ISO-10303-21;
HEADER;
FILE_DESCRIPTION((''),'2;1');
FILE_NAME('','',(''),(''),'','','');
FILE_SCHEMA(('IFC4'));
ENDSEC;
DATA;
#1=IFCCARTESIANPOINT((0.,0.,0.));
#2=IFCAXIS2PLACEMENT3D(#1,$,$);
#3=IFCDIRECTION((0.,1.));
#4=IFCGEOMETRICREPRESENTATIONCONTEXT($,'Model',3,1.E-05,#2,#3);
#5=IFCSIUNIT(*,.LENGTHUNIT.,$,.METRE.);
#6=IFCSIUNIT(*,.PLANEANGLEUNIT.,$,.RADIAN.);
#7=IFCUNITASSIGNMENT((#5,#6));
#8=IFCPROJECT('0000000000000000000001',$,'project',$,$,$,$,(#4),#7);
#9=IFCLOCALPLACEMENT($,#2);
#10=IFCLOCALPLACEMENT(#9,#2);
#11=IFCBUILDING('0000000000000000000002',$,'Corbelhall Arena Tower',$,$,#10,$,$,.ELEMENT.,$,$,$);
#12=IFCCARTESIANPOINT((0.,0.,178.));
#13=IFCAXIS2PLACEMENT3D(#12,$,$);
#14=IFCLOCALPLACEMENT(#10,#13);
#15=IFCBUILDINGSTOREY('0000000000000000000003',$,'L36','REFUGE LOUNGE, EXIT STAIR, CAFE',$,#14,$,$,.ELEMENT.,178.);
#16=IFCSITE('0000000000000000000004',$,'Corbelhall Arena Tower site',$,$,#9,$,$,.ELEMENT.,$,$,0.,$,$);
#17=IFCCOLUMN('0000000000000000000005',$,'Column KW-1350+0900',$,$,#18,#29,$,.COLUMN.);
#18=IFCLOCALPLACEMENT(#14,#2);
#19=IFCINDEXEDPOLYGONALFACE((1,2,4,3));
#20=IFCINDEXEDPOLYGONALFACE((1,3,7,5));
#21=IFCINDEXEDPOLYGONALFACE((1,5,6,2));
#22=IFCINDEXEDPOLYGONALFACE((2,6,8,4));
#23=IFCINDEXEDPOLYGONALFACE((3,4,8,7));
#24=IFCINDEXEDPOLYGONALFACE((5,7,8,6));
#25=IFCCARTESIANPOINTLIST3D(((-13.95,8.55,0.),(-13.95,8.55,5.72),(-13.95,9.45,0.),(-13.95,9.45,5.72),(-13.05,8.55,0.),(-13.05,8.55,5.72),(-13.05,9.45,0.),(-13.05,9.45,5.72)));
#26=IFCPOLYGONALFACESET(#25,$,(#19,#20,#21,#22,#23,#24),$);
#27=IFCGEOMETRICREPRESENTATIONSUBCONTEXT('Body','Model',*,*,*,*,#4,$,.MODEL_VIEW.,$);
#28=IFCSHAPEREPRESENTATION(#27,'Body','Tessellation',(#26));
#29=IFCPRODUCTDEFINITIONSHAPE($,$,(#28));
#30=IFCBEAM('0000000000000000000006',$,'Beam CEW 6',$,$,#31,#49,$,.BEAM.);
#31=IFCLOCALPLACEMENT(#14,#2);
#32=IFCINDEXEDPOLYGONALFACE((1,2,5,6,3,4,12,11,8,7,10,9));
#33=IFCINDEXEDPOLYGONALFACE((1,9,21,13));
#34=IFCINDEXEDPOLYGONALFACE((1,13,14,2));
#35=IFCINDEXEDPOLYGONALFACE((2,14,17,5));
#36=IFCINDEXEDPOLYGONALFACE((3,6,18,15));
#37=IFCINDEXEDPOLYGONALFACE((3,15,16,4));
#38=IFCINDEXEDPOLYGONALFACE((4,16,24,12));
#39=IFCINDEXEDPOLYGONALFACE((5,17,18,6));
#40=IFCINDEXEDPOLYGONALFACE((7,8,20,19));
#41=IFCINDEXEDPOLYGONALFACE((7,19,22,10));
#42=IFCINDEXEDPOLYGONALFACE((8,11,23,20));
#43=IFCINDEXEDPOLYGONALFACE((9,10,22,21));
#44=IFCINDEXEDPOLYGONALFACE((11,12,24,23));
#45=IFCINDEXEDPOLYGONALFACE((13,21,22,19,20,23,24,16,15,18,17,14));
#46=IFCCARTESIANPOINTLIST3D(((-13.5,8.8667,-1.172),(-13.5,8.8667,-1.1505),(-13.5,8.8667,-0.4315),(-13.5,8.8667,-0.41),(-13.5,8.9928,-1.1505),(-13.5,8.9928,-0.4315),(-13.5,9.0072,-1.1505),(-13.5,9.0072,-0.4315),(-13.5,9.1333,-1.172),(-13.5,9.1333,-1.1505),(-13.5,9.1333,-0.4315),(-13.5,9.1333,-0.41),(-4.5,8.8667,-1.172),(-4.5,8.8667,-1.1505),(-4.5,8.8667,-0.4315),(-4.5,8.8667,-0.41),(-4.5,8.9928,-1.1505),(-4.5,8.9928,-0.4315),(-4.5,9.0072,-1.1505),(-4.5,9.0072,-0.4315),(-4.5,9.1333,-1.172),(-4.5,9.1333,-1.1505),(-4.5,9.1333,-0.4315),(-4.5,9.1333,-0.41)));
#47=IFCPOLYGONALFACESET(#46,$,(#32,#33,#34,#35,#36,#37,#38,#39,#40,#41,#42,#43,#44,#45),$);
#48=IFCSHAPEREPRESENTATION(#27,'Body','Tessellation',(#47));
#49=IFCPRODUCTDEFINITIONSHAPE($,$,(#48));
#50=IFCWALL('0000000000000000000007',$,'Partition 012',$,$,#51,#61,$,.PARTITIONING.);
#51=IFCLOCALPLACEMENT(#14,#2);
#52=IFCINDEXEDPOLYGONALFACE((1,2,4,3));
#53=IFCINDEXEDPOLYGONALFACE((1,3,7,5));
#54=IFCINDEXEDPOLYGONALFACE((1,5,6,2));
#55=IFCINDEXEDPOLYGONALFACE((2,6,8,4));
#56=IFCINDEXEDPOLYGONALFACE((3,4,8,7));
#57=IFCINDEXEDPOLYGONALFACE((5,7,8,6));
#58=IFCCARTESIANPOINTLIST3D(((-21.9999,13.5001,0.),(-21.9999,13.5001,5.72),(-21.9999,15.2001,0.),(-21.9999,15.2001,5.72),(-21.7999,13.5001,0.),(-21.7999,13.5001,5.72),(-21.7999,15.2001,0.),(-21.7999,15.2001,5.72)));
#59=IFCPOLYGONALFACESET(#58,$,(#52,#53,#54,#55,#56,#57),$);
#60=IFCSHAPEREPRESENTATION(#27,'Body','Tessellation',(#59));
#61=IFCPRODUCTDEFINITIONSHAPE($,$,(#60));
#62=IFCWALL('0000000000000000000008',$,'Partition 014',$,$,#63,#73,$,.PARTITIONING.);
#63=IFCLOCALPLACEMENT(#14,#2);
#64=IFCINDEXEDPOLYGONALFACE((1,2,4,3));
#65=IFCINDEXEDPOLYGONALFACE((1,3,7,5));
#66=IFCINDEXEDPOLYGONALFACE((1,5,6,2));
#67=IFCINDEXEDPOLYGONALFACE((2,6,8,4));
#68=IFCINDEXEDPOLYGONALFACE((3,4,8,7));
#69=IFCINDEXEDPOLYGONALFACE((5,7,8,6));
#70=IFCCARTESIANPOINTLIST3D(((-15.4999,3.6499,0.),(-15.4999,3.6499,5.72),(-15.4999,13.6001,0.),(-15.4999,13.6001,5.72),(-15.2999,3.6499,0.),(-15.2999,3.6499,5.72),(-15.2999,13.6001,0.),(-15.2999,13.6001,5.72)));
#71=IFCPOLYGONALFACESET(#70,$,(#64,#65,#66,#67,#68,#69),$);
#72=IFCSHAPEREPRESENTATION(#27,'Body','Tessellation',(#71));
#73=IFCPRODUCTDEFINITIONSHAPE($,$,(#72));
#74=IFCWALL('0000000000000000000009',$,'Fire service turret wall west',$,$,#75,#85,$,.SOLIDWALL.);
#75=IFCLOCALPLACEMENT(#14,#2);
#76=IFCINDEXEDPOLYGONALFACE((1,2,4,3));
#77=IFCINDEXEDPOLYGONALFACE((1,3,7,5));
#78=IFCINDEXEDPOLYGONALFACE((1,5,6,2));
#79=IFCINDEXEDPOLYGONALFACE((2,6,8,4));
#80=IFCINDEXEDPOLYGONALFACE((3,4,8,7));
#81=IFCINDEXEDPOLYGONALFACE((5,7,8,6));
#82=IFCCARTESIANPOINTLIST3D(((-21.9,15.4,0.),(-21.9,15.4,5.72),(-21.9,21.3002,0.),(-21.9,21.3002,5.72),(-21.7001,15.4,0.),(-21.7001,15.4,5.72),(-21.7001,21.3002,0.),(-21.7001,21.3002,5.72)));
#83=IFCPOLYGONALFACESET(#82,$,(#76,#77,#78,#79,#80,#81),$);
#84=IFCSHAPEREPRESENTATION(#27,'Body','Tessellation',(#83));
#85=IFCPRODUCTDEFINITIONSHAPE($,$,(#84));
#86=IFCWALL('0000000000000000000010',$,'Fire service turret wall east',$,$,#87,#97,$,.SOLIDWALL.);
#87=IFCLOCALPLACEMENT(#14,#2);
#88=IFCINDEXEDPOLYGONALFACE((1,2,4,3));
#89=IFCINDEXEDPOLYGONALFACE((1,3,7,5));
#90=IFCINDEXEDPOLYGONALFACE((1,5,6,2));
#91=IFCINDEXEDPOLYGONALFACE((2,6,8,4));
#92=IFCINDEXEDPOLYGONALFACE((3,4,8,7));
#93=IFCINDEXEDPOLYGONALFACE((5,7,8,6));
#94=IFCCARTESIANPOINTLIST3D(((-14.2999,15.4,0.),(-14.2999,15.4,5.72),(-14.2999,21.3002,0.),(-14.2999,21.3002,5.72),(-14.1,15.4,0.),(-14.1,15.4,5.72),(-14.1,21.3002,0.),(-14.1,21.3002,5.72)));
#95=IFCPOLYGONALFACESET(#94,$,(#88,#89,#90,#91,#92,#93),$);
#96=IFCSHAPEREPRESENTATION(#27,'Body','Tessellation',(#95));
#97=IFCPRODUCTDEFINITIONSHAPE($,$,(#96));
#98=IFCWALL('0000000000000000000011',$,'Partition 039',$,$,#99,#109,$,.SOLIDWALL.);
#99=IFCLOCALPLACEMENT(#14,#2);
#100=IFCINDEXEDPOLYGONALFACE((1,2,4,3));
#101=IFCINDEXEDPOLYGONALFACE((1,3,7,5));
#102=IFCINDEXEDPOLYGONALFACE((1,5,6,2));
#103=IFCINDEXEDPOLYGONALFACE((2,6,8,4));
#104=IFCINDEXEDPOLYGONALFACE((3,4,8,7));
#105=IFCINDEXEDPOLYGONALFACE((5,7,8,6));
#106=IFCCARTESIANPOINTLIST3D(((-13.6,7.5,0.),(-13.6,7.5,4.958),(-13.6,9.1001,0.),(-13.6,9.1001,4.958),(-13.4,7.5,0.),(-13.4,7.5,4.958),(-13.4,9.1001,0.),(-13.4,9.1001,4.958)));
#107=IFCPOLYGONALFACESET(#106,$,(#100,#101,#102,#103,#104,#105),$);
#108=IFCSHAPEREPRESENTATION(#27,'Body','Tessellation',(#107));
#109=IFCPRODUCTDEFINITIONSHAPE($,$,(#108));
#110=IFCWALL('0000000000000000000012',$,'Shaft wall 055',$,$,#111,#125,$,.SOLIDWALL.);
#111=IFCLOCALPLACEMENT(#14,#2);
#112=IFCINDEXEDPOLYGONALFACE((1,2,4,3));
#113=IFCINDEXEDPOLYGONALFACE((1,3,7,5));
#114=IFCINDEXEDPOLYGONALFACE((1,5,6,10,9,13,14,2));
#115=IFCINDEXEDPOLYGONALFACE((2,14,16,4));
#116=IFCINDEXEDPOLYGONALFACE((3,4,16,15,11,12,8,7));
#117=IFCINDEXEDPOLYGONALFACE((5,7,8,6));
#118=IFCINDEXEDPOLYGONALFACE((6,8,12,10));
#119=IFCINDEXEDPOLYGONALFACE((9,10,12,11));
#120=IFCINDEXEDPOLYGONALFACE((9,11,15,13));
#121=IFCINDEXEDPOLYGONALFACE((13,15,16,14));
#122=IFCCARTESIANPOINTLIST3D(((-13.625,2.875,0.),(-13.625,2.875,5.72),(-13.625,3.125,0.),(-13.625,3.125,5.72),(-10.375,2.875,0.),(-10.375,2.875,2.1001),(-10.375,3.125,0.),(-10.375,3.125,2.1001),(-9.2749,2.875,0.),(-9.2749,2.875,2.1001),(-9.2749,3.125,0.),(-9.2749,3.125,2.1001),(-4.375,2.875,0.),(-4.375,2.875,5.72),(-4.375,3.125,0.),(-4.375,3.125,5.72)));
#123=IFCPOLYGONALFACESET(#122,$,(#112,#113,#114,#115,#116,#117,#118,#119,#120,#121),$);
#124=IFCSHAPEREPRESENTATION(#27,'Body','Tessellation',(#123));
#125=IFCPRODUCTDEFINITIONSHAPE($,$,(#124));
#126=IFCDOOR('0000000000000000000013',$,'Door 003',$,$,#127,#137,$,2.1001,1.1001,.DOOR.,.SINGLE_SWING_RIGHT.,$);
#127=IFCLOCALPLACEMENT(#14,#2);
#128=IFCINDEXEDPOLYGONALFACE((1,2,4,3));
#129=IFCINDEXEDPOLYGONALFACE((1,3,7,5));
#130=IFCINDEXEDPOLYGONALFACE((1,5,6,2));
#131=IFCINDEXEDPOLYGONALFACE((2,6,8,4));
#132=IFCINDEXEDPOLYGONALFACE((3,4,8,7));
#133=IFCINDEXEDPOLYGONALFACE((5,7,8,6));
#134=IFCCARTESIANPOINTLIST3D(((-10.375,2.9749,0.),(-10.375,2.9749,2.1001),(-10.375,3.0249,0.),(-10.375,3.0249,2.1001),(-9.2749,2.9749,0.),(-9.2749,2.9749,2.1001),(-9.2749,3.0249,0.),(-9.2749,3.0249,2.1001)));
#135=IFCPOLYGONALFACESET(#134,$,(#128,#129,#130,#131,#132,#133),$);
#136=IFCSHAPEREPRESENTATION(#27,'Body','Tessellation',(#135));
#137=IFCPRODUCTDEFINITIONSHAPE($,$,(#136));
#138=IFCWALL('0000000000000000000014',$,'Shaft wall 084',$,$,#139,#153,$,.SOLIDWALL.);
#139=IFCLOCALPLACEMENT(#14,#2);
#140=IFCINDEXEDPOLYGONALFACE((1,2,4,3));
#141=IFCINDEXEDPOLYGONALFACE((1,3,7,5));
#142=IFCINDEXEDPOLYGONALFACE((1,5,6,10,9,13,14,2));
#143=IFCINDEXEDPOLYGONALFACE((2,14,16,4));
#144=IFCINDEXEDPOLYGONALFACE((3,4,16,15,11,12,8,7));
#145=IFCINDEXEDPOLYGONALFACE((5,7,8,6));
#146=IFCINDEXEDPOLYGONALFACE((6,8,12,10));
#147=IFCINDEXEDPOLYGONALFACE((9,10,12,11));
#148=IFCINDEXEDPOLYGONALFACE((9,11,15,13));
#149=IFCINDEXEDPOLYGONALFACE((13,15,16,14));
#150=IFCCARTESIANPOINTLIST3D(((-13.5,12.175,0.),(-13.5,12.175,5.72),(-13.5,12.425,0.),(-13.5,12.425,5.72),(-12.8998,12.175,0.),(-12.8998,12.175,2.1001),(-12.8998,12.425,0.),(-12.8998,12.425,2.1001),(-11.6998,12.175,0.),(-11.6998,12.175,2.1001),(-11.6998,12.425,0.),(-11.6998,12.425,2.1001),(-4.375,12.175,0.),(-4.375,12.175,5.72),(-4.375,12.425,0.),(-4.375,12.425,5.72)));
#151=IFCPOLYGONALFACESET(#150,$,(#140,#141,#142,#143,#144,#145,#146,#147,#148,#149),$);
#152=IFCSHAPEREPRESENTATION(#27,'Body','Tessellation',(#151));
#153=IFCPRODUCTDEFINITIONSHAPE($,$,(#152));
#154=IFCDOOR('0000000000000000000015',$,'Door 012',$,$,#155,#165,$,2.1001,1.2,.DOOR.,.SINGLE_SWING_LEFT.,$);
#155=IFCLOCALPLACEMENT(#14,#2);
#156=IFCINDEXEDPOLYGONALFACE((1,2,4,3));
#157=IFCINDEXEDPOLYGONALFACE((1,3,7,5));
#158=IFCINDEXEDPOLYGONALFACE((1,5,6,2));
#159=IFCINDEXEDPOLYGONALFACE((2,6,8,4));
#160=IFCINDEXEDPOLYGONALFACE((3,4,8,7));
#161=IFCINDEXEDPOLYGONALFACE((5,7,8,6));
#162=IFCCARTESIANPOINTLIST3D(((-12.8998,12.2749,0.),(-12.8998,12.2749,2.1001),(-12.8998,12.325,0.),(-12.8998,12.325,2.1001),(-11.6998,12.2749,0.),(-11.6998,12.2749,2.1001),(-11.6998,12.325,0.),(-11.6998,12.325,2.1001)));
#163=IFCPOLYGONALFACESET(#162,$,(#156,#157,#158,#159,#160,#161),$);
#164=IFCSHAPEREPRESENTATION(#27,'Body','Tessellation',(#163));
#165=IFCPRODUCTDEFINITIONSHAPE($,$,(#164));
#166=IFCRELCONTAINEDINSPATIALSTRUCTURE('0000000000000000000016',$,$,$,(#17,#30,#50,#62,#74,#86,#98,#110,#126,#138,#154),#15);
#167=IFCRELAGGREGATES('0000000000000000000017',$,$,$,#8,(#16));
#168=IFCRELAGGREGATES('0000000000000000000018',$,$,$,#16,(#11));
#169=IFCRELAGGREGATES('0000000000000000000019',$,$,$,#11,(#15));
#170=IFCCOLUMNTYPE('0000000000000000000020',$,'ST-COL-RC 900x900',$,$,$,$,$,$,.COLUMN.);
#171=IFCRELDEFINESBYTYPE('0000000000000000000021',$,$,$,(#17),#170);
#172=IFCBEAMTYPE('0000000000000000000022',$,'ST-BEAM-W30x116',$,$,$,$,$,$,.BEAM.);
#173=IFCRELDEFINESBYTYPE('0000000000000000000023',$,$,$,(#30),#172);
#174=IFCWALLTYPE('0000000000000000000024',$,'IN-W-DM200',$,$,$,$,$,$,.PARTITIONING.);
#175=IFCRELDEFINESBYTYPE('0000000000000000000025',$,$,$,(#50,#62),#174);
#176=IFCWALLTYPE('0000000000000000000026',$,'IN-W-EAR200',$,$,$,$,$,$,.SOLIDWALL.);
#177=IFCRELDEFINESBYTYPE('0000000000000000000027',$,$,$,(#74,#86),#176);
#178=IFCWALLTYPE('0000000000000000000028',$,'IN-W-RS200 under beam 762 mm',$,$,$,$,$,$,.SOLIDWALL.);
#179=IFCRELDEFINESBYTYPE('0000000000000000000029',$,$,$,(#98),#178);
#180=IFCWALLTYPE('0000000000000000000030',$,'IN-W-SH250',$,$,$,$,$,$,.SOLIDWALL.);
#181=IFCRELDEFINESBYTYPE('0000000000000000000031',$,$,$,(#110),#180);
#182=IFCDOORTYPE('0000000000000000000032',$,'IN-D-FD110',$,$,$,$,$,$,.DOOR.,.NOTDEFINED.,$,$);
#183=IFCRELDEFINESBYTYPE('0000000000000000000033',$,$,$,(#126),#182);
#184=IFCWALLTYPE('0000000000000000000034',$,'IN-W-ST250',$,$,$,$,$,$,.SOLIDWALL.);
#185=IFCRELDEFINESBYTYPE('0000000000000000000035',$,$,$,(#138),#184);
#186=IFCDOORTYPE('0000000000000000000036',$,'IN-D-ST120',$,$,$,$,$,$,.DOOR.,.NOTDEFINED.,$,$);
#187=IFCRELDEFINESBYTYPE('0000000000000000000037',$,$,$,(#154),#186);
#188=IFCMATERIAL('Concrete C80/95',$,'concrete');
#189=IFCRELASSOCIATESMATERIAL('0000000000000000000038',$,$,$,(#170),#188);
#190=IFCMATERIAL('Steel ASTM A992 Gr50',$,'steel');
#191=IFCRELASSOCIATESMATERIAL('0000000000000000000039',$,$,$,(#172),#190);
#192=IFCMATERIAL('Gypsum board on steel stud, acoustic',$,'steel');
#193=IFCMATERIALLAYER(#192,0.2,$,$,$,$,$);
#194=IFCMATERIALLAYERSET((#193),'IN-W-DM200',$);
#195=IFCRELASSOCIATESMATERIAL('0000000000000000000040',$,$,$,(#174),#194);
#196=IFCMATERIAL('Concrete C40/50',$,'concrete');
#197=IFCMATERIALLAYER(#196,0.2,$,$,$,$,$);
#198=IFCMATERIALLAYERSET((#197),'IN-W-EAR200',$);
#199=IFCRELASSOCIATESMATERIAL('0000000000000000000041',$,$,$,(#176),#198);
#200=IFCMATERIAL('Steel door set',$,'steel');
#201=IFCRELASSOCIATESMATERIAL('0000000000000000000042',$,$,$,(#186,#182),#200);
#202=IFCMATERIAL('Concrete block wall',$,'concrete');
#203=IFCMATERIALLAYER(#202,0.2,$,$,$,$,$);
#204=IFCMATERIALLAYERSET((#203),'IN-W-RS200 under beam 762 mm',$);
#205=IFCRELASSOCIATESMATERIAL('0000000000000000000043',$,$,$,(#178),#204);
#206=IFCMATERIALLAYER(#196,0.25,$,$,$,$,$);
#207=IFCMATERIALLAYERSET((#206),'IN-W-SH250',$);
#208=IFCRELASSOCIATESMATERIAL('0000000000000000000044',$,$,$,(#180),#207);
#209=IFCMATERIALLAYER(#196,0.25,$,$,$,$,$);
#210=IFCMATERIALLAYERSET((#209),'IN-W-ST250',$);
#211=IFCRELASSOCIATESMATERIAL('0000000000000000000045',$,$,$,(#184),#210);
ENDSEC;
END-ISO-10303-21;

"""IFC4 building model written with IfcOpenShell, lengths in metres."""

from ifc_helpers import new_model, si_unit, direction, frame, frame_2d, origin, origin_2d, place, context, subcontext, project, spatial, rectangle, i_section, extrude, material, layer, layer_set, material_profile, profile_set, type_object, element, fill, save


model = new_model("IFC4")

# Units and contexts
model_context = context("Model", 3, precision=1e-05, world=origin(), true_north=direction((0.0, 1.0)))
body_context = subcontext(model_context, "Body", "Model", "MODEL_VIEW")
ifc_project = project(units=[si_unit("LENGTHUNIT", "METRE"), si_unit("PLANEANGLEUNIT", "RADIAN")], contexts=[model_context])

# Site, building, storey
site_placement = place(None, origin())
site = spatial("IfcSite", under=ifc_project, at=site_placement, Name="Corbelhall Arena Tower site", CompositionType="ELEMENT", RefElevation=0.0)
building_placement = place(site_placement, origin())
building = spatial("IfcBuilding", under=site, at=building_placement, Name="Corbelhall Arena Tower", CompositionType="ELEMENT")
storey_placement = place(building_placement, frame((0.0, 0.0, 178.0)))
storey = spatial("IfcBuildingStorey", under=building, at=storey_placement, Name="L36", Description="REFUGE LOUNGE, EXIT STAIR, CAFE", CompositionType="ELEMENT", Elevation=178.0)

# Column
ifc_material_1 = material(Name="Concrete C80/95", Category="concrete")
ifc_material_profile_1 = material_profile(ifc_material_1, rectangle(XDim=0.8999, YDim=0.8999, at=origin_2d()))
ifc_profile_set_1 = profile_set([ifc_material_profile_1], Name="Concrete C80/95")
column_type = type_object("IfcColumnType", Name="ST-COL-RC 900x900", PredefinedType="COLUMN", material=ifc_profile_set_1)
column_placement = place(storey_placement, frame((-13.5, 9.0, 0.0), z_axis=(0.0, 0.0, 1.0), x_axis=(1.0, 0.0, 0.0)))
element("IfcColumn", 1, at=column_placement, inside=storey, type_object=column_type, Name="Column KW-1350+0900", PredefinedType="COLUMN", context=body_context, shape_type="SweptSolid", body=[
    extrude(rectangle(XDim=0.8999, YDim=0.8999, at=origin_2d()), origin(), (0.0, 0.0, 1.0), 5.72),
])

# Beam
ifc_material_2 = material(Name="Steel ASTM A992 Gr50", Category="steel")
ifc_material_profile_2 = material_profile(ifc_material_2, i_section(OverallWidth=0.2666, OverallDepth=0.762, WebThickness=0.0144, FlangeThickness=0.0215, at=origin_2d()))
ifc_profile_set_2 = profile_set([ifc_material_profile_2], Name="Steel ASTM A992 Gr50")
beam_type = type_object("IfcBeamType", Name="ST-BEAM-W30x116", PredefinedType="BEAM", material=ifc_profile_set_2)
beam_placement = place(storey_placement, frame((-13.5, 9.0, -0.791), z_axis=(1.0, 0.0, 0.0), x_axis=(0.0, 1.0, 0.0)))
element("IfcBeam", 2, at=beam_placement, inside=storey, type_object=beam_type, Name="Beam CEW 6", PredefinedType="BEAM", context=body_context, shape_type="SweptSolid", body=[
    extrude(i_section(OverallWidth=0.2666, OverallDepth=0.762, WebThickness=0.0144, FlangeThickness=0.0215, at=origin_2d()), origin(), (0.0, 0.0, 1.0), 9.0),
])

# Shared definitions
ifc_material_3 = material(Name="Gypsum board on steel stud, acoustic", Category="steel")
ifc_layer_1 = layer(ifc_material_3, 0.2)
ifc_layer_set_1 = layer_set([ifc_layer_1], Name="IN-W-DM200")
wall_type_1 = type_object("IfcWallType", Name="IN-W-DM200", PredefinedType="PARTITIONING", material=ifc_layer_set_1)
ifc_material_4 = material(Name="Steel door set", Category="steel")

# Walls
wall_1_placement = place(storey_placement, frame((-21.8999, 13.5, 0.0), z_axis=(0.0, 0.0, 1.0), x_axis=(0.0, 1.0, 0.0)))
element("IfcWall", 3, at=wall_1_placement, inside=storey, type_object=wall_type_1, Name="Partition 012", PredefinedType="PARTITIONING", context=body_context, shape_type="SweptSolid", body=[
    extrude(rectangle(XDim=1.7, YDim=0.2, at=frame_2d((0.8501, 0.0))), origin(), (0.0, 0.0, 1.0), 5.72),
])
wall_2_placement = place(storey_placement, frame((-15.3999, 3.6499, 0.0), z_axis=(0.0, 0.0, 1.0), x_axis=(0.0, 1.0, 0.0)))
element("IfcWall", 4, at=wall_2_placement, inside=storey, type_object=wall_type_1, Name="Partition 014", PredefinedType="PARTITIONING", context=body_context, shape_type="SweptSolid", body=[
    extrude(rectangle(XDim=9.9502, YDim=0.2, at=frame_2d((4.9751, 0.0))), origin(), (0.0, 0.0, 1.0), 5.72),
])

# Shared definitions
ifc_material_5 = material(Name="Concrete C40/50", Category="concrete")
ifc_layer_2 = layer(ifc_material_5, 0.2)
ifc_layer_set_2 = layer_set([ifc_layer_2], Name="IN-W-EAR200")
wall_type_2 = type_object("IfcWallType", Name="IN-W-EAR200", PredefinedType="SOLIDWALL", material=ifc_layer_set_2)
door_type_1 = type_object("IfcDoorType", Name="IN-D-ST120", OperationType="NOTDEFINED", PredefinedType="DOOR", material=ifc_material_4)

# Walls
for number, where, z_axis, x_axis, name in (
    (5, (-21.8, 15.3999, 0.0), (0.0, 0.0, 1.0), (0.0, 1.0, 0.0), "Fire service turret wall west"),
    (6, (-14.2, 15.3999, 0.0), (0.0, 0.0, 1.0), (0.0, 1.0, 0.0), "Fire service turret wall east"),
):
    element("IfcWall", number, at=place(storey_placement, frame(where, z_axis=z_axis, x_axis=x_axis)), inside=storey, type_object=wall_type_2, Name=name, PredefinedType="SOLIDWALL", context=body_context, shape_type="SweptSolid", body=[
        extrude(rectangle(XDim=5.9001, YDim=0.2, at=frame_2d((2.9502, 0.0))), origin(), (0.0, 0.0, 1.0), 5.72),
    ])

# Wall
ifc_material_6 = material(Name="Concrete block wall", Category="concrete")
ifc_layer_3 = layer(ifc_material_6, 0.2)
ifc_layer_set_3 = layer_set([ifc_layer_3], Name="IN-W-RS200 under beam 762 mm")
wall_type_3 = type_object("IfcWallType", Name="IN-W-RS200 under beam 762 mm", PredefinedType="SOLIDWALL", material=ifc_layer_set_3)
wall_3_placement = place(storey_placement, frame((-13.5, 7.5, 0.0), z_axis=(0.0, 0.0, 1.0), x_axis=(0.0, 1.0, 0.0)))
element("IfcWall", 7, at=wall_3_placement, inside=storey, type_object=wall_type_3, Name="Partition 039", PredefinedType="SOLIDWALL", context=body_context, shape_type="SweptSolid", body=[
    extrude(rectangle(XDim=1.6001, YDim=0.2, at=frame_2d((0.8, 0.0))), origin(), (0.0, 0.0, 1.0), 4.958),
])

# Walls, openings, doors
door_type_2 = type_object("IfcDoorType", Name="IN-D-FD110", OperationType="NOTDEFINED", PredefinedType="DOOR", material=ifc_material_4)
ifc_layer_4 = layer(ifc_material_5, 0.25)
ifc_layer_set_4 = layer_set([ifc_layer_4], Name="IN-W-SH250")
wall_type_4 = type_object("IfcWallType", Name="IN-W-SH250", PredefinedType="SOLIDWALL", material=ifc_layer_set_4)
wall_4_placement = place(storey_placement, frame((-13.625, 3.0, 0.0), z_axis=(0.0, 0.0, 1.0), x_axis=(1.0, 0.0, 0.0)))
wall_4 = element("IfcWall", 8, at=wall_4_placement, inside=storey, type_object=wall_type_4, Name="Shaft wall 055", PredefinedType="SOLIDWALL", context=body_context, shape_type="SweptSolid", body=[
    extrude(rectangle(XDim=9.25, YDim=0.25, at=frame_2d((4.625, 0.0))), origin(), (0.0, 0.0, 1.0), 5.72),
])
opening_1_placement = place(wall_4_placement, frame((3.25, 0.0, 0.0)))
opening_1 = element("IfcOpeningElement", 9, at=opening_1_placement, cuts=wall_4, PredefinedType="OPENING", context=body_context, shape_type="SweptSolid", body=[
    extrude(rectangle(XDim=1.1001, YDim=2.1001, at=frame_2d((0.55, 1.05))), frame((0.0, 0.125, 0.0), z_axis=(0.0, -1.0, 0.0), x_axis=(1.0, 0.0, 0.0)), (0.0, 0.0, 1.0), 0.25),
])
door_1_placement = place(opening_1_placement, origin())
door_1 = element("IfcDoor", 10, at=door_1_placement, inside=storey, type_object=door_type_2, Name="Door 003", OperationType="SINGLE_SWING_RIGHT", OverallHeight=2.1001, OverallWidth=1.1001, PredefinedType="DOOR", context=body_context, shape_type="SweptSolid", body=[
    extrude(rectangle(XDim=1.1001, YDim=2.1001, at=frame_2d((0.55, 1.05))), frame((0.0, 0.0249, 0.0), z_axis=(0.0, -1.0, 0.0), x_axis=(1.0, 0.0, 0.0)), (0.0, 0.0, 1.0), 0.05),
])
fill(opening_1, door_1)
ifc_layer_5 = layer(ifc_material_5, 0.25)
ifc_layer_set_5 = layer_set([ifc_layer_5], Name="IN-W-ST250")
wall_type_5 = type_object("IfcWallType", Name="IN-W-ST250", PredefinedType="SOLIDWALL", material=ifc_layer_set_5)
wall_5_placement = place(storey_placement, frame((-13.5, 12.3, 0.0), z_axis=(0.0, 0.0, 1.0), x_axis=(1.0, 0.0, 0.0)))
wall_5 = element("IfcWall", 11, at=wall_5_placement, inside=storey, type_object=wall_type_5, Name="Shaft wall 084", PredefinedType="SOLIDWALL", context=body_context, shape_type="SweptSolid", body=[
    extrude(rectangle(XDim=9.125, YDim=0.25, at=frame_2d((4.5625, 0.0))), origin(), (0.0, 0.0, 1.0), 5.72),
])
opening_2_placement = place(wall_5_placement, frame((0.6001, 0.0, 0.0)))
opening_2 = element("IfcOpeningElement", 12, at=opening_2_placement, cuts=wall_5, PredefinedType="OPENING", context=body_context, shape_type="SweptSolid", body=[
    extrude(rectangle(XDim=1.2, YDim=2.1001, at=frame_2d((0.6001, 1.05))), frame((0.0, 0.125, 0.0), z_axis=(0.0, -1.0, 0.0), x_axis=(1.0, 0.0, 0.0)), (0.0, 0.0, 1.0), 0.25),
])
door_2_placement = place(opening_2_placement, origin())
door_2 = element("IfcDoor", 13, at=door_2_placement, inside=storey, type_object=door_type_1, Name="Door 012", OperationType="SINGLE_SWING_LEFT", OverallHeight=2.1001, OverallWidth=1.2, PredefinedType="DOOR", context=body_context, shape_type="SweptSolid", body=[
    extrude(rectangle(XDim=1.2, YDim=2.1001, at=frame_2d((0.6001, 1.05))), frame((0.0, 0.0249, 0.0), z_axis=(0.0, -1.0, 0.0), x_axis=(1.0, 0.0, 0.0)), (0.0, 0.0, 1.0), 0.05),
])
fill(opening_2, door_2)

save(model, "model.ifc")
